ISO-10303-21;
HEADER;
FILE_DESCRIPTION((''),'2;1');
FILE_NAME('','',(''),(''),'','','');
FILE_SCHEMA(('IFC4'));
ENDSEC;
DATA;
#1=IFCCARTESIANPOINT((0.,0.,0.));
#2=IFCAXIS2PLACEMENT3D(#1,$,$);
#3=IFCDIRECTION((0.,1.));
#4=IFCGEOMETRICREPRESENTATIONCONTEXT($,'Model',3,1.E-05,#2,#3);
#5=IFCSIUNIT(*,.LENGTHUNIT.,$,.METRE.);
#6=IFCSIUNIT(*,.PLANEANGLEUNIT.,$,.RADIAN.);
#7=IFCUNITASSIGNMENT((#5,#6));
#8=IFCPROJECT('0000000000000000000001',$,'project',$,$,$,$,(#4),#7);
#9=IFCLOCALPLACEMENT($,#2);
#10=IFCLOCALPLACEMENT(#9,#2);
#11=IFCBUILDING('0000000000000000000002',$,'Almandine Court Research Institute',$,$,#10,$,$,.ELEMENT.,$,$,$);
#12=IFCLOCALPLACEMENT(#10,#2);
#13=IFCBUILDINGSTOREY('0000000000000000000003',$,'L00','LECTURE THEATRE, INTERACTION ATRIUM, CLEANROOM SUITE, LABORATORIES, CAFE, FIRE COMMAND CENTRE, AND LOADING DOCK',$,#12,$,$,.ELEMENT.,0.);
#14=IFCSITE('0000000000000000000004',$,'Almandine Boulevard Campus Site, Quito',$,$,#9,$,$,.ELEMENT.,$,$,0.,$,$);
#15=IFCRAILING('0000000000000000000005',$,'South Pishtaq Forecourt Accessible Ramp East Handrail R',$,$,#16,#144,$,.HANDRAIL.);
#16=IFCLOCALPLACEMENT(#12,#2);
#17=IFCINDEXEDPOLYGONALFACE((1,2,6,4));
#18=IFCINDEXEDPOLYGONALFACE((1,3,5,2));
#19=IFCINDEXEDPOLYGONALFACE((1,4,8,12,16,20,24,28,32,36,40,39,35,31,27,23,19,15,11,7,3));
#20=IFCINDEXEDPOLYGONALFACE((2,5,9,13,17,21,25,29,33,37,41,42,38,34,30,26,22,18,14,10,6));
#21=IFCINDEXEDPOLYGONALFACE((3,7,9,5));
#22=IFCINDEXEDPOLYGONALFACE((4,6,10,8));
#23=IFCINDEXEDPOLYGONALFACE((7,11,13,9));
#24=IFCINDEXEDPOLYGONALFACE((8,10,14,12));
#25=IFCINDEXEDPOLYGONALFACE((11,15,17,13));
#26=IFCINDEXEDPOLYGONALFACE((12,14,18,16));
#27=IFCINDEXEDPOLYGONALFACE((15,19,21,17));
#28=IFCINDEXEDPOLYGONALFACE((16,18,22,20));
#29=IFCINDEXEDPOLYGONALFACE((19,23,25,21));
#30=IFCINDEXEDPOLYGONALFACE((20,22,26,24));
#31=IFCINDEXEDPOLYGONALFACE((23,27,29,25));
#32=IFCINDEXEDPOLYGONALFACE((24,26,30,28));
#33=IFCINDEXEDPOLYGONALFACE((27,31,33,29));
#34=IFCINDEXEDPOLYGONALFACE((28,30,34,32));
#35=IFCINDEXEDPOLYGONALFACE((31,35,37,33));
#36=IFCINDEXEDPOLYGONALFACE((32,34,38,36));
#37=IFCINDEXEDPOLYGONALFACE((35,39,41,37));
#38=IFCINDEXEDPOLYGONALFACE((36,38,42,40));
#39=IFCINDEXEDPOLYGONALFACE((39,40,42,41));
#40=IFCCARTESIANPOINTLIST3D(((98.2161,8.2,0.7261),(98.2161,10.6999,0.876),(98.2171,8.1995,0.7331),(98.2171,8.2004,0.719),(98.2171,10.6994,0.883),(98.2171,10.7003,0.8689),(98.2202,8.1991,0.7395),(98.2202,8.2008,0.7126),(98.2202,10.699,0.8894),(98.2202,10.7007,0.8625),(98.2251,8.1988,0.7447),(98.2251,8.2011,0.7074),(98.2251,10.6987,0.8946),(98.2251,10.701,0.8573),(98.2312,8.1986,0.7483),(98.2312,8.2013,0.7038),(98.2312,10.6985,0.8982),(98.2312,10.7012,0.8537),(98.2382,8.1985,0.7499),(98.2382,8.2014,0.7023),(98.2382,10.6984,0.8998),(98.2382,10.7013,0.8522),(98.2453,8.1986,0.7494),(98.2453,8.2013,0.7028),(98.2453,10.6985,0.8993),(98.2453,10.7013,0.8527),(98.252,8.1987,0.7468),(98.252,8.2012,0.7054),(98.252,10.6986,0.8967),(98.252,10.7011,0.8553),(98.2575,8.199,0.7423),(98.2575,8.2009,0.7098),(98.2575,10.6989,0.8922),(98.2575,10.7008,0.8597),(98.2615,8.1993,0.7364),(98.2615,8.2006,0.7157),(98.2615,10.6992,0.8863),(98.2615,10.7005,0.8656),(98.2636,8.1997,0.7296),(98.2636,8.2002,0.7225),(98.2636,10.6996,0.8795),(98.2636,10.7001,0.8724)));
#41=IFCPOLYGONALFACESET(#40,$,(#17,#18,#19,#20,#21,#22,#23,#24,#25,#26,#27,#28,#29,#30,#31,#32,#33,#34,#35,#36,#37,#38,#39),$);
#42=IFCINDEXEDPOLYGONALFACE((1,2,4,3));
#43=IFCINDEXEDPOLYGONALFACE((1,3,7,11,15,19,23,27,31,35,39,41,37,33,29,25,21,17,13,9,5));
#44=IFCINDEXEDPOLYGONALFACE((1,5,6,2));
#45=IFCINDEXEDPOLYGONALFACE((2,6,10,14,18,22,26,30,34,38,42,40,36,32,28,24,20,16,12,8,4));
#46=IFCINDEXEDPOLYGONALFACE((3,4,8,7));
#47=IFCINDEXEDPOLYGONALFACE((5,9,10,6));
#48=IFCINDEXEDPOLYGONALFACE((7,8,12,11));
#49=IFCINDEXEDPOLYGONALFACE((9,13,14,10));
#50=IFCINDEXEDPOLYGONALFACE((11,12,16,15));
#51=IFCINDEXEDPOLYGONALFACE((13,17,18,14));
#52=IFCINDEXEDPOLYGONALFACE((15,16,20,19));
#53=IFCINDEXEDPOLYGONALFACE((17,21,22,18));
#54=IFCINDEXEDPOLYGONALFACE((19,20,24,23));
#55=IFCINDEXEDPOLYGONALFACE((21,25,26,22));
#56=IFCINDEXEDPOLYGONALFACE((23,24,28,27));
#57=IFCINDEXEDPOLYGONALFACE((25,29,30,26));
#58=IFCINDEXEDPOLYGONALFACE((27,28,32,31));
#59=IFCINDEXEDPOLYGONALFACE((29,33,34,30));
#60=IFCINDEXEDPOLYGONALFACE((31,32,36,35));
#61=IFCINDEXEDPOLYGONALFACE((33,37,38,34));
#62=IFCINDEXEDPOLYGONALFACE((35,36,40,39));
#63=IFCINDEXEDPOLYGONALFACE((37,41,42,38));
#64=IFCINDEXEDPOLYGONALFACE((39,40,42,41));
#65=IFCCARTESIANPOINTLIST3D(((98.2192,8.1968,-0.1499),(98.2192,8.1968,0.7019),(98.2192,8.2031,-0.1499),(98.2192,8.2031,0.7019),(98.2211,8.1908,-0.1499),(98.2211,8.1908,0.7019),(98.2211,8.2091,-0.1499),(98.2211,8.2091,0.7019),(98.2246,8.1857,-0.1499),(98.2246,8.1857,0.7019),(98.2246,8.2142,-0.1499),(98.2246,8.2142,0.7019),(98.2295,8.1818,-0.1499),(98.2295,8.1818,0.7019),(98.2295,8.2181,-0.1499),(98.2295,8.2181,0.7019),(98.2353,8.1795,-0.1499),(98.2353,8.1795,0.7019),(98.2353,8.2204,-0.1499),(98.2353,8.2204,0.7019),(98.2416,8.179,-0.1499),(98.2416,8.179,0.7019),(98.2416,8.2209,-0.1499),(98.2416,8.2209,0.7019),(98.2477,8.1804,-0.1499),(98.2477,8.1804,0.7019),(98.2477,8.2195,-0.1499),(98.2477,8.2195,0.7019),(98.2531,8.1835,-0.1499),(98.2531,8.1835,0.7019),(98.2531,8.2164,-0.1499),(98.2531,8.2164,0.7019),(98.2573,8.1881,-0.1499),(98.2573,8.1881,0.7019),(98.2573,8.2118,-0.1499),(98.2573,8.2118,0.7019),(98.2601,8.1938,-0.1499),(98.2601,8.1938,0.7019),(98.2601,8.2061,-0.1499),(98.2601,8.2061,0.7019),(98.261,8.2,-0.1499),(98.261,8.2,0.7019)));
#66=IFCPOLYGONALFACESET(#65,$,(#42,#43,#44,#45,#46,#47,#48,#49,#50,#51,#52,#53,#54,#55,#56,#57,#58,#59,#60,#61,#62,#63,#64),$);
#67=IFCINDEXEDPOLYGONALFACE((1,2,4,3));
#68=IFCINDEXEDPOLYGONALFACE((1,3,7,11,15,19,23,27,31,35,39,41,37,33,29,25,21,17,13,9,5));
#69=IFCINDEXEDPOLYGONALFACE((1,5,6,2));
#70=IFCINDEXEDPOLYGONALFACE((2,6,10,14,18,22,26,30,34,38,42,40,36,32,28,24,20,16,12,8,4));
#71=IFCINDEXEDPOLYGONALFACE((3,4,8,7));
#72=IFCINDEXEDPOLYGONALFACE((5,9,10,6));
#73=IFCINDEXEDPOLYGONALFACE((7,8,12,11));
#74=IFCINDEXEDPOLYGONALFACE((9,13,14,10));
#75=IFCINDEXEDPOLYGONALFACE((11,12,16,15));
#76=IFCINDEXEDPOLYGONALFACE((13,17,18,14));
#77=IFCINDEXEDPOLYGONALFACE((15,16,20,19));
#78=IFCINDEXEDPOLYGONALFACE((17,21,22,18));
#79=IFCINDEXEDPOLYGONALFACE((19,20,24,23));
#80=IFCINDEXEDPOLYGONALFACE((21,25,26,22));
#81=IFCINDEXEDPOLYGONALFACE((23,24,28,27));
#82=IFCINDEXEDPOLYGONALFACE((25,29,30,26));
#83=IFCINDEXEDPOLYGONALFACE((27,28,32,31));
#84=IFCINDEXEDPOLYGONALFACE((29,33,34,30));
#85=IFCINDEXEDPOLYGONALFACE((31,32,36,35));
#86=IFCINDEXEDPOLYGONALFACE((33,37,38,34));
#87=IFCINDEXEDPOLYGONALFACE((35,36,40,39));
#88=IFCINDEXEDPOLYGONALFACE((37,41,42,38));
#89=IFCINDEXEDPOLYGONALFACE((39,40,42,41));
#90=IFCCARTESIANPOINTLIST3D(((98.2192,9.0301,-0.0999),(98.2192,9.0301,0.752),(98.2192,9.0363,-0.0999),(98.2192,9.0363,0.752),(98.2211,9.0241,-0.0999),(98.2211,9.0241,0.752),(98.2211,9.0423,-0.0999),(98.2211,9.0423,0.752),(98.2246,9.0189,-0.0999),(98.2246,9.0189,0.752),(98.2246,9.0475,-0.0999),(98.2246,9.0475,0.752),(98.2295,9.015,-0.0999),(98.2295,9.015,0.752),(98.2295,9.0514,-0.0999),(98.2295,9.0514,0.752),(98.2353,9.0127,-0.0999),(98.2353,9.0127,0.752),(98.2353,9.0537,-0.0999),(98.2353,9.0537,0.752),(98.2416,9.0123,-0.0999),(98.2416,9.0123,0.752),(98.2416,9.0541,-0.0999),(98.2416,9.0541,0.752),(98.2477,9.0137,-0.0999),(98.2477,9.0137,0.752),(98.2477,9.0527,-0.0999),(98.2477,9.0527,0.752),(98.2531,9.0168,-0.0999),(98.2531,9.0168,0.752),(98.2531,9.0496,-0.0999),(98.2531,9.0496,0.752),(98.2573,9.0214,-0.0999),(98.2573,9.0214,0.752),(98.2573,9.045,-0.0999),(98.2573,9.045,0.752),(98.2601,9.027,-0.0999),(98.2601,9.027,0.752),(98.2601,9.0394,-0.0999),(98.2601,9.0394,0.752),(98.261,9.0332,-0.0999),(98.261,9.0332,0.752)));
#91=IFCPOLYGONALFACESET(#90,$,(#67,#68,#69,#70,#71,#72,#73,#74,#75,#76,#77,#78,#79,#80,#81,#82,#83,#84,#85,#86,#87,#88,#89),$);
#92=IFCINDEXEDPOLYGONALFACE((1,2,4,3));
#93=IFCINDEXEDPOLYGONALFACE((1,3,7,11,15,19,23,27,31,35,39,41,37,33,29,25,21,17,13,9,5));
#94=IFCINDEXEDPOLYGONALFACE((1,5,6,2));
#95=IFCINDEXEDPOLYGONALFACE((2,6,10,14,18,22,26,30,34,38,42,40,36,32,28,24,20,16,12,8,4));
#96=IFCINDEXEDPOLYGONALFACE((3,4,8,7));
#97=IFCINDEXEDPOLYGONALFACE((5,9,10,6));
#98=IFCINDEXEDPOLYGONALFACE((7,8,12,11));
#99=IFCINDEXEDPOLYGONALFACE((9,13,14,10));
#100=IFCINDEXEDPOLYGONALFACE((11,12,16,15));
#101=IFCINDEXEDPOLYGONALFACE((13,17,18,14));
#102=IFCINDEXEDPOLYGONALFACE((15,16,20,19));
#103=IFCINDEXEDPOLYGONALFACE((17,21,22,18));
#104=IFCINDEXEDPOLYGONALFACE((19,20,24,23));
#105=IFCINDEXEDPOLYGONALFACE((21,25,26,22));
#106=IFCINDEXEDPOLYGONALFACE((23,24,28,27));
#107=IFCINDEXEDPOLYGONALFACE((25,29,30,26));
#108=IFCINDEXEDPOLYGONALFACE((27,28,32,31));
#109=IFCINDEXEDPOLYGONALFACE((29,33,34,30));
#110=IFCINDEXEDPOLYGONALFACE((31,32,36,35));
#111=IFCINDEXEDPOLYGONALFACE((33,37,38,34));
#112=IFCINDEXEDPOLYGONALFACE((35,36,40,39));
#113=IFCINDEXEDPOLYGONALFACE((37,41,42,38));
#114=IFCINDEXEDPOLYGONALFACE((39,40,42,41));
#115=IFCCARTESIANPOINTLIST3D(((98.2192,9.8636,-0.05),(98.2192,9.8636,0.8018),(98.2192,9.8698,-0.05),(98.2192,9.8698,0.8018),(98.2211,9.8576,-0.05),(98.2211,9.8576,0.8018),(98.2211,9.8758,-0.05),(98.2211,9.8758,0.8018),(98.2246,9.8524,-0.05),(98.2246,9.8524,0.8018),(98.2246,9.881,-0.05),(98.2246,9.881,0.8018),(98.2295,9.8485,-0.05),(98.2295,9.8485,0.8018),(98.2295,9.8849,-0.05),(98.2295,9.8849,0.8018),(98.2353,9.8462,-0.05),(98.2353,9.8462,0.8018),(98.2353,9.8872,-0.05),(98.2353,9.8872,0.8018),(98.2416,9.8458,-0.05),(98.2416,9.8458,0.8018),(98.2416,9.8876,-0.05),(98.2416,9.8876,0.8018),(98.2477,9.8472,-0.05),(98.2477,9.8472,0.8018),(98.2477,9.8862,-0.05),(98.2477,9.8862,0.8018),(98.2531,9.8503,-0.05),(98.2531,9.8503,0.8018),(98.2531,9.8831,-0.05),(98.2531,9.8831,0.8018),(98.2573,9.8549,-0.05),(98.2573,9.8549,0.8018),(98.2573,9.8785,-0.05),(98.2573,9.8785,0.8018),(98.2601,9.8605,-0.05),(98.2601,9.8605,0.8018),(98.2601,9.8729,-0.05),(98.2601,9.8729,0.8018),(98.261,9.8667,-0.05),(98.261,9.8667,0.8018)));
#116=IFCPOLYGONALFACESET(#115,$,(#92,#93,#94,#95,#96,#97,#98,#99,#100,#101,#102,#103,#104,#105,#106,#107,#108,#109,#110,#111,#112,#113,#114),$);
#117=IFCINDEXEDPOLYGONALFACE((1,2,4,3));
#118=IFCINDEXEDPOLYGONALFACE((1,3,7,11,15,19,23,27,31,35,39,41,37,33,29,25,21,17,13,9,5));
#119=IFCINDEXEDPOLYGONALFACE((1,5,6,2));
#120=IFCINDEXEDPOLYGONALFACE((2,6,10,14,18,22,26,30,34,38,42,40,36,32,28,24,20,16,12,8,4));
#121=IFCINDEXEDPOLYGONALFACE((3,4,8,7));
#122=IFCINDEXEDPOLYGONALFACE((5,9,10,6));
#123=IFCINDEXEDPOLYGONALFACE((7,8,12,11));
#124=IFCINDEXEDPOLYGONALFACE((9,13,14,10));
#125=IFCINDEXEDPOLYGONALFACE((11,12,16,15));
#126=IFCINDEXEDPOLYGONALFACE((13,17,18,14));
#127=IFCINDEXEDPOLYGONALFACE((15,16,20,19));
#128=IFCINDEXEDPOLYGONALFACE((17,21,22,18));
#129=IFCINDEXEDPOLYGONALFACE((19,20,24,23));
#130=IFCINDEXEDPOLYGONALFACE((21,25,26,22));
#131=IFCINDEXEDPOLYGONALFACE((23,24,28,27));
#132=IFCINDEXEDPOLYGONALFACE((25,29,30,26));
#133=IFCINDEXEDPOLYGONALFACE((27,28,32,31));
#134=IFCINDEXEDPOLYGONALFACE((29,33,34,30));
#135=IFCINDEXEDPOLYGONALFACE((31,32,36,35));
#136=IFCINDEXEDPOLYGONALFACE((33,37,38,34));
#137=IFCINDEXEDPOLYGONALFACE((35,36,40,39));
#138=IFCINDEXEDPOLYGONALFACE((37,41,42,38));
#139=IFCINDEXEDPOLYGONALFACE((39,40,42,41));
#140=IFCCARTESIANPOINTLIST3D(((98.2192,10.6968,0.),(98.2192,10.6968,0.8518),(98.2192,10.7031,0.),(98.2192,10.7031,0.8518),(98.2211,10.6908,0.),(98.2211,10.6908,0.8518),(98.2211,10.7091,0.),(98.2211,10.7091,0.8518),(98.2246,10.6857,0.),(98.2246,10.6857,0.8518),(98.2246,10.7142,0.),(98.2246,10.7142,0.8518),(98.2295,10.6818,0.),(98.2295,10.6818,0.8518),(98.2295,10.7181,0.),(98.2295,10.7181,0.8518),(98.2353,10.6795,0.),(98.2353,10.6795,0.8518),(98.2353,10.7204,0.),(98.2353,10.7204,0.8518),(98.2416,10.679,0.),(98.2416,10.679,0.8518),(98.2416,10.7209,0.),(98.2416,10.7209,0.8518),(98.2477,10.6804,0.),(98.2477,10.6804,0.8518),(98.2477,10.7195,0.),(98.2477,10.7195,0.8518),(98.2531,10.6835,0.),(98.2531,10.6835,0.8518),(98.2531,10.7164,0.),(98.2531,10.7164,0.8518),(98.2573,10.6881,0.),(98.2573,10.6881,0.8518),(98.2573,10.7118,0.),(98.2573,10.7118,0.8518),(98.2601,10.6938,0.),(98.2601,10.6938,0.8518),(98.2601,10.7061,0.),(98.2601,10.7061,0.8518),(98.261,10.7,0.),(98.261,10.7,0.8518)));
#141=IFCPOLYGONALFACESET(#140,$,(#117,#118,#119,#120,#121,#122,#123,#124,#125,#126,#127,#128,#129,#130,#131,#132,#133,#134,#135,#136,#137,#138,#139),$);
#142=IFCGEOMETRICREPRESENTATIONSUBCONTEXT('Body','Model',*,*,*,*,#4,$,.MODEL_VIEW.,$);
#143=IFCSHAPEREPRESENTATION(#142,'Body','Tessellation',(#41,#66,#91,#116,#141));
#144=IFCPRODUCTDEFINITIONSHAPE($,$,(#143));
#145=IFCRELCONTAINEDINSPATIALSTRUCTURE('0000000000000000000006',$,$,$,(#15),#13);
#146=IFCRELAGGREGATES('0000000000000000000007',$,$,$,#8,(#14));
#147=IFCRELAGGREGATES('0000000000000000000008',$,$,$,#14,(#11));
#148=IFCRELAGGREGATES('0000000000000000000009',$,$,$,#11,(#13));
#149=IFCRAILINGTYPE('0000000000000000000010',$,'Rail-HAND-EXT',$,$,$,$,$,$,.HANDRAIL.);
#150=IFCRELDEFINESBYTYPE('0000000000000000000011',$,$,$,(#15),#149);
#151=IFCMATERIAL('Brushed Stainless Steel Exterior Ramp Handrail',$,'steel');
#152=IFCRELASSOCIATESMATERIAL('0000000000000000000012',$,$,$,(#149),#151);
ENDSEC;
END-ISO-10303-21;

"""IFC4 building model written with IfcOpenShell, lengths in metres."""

from ifc_helpers import new_model, si_unit, direction, frame, origin, origin_2d, place, context, subcontext, project, spatial, circle, extrude, material, type_object, element, save


model = new_model("IFC4")

# Units and contexts
model_context = context("Model", 3, precision=1e-05, world=origin(), true_north=direction((0.0, 1.0)))
body_context = subcontext(model_context, "Body", "Model", "MODEL_VIEW")
ifc_project = project(units=[si_unit("LENGTHUNIT", "METRE"), si_unit("PLANEANGLEUNIT", "RADIAN")], contexts=[model_context])

# Site, building, storey
site_placement = place(None, origin())
site = spatial("IfcSite", under=ifc_project, at=site_placement, Name="Almandine Boulevard Campus Site, Quito", CompositionType="ELEMENT", RefElevation=0.0)
building_placement = place(site_placement, origin())
building = spatial("IfcBuilding", under=site, at=building_placement, Name="Almandine Court Research Institute", CompositionType="ELEMENT")
storey_placement = place(building_placement, origin())
storey = spatial("IfcBuildingStorey", under=building, at=storey_placement, Name="L00", Description="LECTURE THEATRE, INTERACTION ATRIUM, CLEANROOM SUITE, LABORATORIES, CAFE, FIRE COMMAND CENTRE, AND LOADING DOCK", CompositionType="ELEMENT", Elevation=0.0)

# Railing
ifc_material_1 = material(Name="Brushed Stainless Steel Exterior Ramp Handrail", Category="steel")
railing_type = type_object("IfcRailingType", Name="Rail-HAND-EXT", PredefinedType="HANDRAIL", material=ifc_material_1)
for number, where, name in (
    (1, (98.24, 8.2, -0.1499), "South Pishtaq Forecourt Accessible Ramp East Handrail R"),
):
    element("IfcRailing", number, at=place(storey_placement, frame(where)), inside=storey, type_object=railing_type, Name=name, PredefinedType="HANDRAIL", context=body_context, shape_type="SweptSolid", body=[
        extrude(circle(Radius=0.0239, at=origin_2d()), frame((0.0, 0.0, 0.876), z_axis=(0.0, 0.998207, 0.059853), x_axis=(-1.0, 0.0, 0.0)), (0.0, 0.0, 1.0), 2.5044),
        extrude(circle(Radius=0.021, at=origin_2d()), origin(), (0.0, 0.0, 1.0), 0.8518),
        extrude(circle(Radius=0.021, at=origin_2d()), frame((0.0, 0.8333, 0.05)), (0.0, 0.0, 1.0), 0.8518),
        extrude(circle(Radius=0.021, at=origin_2d()), frame((0.0, 1.6667, 0.0999)), (0.0, 0.0, 1.0), 0.8518),
        extrude(circle(Radius=0.021, at=origin_2d()), frame((0.0, 2.5, 0.1499)), (0.0, 0.0, 1.0), 0.8518),
    ])

save(model, "model.ifc")
